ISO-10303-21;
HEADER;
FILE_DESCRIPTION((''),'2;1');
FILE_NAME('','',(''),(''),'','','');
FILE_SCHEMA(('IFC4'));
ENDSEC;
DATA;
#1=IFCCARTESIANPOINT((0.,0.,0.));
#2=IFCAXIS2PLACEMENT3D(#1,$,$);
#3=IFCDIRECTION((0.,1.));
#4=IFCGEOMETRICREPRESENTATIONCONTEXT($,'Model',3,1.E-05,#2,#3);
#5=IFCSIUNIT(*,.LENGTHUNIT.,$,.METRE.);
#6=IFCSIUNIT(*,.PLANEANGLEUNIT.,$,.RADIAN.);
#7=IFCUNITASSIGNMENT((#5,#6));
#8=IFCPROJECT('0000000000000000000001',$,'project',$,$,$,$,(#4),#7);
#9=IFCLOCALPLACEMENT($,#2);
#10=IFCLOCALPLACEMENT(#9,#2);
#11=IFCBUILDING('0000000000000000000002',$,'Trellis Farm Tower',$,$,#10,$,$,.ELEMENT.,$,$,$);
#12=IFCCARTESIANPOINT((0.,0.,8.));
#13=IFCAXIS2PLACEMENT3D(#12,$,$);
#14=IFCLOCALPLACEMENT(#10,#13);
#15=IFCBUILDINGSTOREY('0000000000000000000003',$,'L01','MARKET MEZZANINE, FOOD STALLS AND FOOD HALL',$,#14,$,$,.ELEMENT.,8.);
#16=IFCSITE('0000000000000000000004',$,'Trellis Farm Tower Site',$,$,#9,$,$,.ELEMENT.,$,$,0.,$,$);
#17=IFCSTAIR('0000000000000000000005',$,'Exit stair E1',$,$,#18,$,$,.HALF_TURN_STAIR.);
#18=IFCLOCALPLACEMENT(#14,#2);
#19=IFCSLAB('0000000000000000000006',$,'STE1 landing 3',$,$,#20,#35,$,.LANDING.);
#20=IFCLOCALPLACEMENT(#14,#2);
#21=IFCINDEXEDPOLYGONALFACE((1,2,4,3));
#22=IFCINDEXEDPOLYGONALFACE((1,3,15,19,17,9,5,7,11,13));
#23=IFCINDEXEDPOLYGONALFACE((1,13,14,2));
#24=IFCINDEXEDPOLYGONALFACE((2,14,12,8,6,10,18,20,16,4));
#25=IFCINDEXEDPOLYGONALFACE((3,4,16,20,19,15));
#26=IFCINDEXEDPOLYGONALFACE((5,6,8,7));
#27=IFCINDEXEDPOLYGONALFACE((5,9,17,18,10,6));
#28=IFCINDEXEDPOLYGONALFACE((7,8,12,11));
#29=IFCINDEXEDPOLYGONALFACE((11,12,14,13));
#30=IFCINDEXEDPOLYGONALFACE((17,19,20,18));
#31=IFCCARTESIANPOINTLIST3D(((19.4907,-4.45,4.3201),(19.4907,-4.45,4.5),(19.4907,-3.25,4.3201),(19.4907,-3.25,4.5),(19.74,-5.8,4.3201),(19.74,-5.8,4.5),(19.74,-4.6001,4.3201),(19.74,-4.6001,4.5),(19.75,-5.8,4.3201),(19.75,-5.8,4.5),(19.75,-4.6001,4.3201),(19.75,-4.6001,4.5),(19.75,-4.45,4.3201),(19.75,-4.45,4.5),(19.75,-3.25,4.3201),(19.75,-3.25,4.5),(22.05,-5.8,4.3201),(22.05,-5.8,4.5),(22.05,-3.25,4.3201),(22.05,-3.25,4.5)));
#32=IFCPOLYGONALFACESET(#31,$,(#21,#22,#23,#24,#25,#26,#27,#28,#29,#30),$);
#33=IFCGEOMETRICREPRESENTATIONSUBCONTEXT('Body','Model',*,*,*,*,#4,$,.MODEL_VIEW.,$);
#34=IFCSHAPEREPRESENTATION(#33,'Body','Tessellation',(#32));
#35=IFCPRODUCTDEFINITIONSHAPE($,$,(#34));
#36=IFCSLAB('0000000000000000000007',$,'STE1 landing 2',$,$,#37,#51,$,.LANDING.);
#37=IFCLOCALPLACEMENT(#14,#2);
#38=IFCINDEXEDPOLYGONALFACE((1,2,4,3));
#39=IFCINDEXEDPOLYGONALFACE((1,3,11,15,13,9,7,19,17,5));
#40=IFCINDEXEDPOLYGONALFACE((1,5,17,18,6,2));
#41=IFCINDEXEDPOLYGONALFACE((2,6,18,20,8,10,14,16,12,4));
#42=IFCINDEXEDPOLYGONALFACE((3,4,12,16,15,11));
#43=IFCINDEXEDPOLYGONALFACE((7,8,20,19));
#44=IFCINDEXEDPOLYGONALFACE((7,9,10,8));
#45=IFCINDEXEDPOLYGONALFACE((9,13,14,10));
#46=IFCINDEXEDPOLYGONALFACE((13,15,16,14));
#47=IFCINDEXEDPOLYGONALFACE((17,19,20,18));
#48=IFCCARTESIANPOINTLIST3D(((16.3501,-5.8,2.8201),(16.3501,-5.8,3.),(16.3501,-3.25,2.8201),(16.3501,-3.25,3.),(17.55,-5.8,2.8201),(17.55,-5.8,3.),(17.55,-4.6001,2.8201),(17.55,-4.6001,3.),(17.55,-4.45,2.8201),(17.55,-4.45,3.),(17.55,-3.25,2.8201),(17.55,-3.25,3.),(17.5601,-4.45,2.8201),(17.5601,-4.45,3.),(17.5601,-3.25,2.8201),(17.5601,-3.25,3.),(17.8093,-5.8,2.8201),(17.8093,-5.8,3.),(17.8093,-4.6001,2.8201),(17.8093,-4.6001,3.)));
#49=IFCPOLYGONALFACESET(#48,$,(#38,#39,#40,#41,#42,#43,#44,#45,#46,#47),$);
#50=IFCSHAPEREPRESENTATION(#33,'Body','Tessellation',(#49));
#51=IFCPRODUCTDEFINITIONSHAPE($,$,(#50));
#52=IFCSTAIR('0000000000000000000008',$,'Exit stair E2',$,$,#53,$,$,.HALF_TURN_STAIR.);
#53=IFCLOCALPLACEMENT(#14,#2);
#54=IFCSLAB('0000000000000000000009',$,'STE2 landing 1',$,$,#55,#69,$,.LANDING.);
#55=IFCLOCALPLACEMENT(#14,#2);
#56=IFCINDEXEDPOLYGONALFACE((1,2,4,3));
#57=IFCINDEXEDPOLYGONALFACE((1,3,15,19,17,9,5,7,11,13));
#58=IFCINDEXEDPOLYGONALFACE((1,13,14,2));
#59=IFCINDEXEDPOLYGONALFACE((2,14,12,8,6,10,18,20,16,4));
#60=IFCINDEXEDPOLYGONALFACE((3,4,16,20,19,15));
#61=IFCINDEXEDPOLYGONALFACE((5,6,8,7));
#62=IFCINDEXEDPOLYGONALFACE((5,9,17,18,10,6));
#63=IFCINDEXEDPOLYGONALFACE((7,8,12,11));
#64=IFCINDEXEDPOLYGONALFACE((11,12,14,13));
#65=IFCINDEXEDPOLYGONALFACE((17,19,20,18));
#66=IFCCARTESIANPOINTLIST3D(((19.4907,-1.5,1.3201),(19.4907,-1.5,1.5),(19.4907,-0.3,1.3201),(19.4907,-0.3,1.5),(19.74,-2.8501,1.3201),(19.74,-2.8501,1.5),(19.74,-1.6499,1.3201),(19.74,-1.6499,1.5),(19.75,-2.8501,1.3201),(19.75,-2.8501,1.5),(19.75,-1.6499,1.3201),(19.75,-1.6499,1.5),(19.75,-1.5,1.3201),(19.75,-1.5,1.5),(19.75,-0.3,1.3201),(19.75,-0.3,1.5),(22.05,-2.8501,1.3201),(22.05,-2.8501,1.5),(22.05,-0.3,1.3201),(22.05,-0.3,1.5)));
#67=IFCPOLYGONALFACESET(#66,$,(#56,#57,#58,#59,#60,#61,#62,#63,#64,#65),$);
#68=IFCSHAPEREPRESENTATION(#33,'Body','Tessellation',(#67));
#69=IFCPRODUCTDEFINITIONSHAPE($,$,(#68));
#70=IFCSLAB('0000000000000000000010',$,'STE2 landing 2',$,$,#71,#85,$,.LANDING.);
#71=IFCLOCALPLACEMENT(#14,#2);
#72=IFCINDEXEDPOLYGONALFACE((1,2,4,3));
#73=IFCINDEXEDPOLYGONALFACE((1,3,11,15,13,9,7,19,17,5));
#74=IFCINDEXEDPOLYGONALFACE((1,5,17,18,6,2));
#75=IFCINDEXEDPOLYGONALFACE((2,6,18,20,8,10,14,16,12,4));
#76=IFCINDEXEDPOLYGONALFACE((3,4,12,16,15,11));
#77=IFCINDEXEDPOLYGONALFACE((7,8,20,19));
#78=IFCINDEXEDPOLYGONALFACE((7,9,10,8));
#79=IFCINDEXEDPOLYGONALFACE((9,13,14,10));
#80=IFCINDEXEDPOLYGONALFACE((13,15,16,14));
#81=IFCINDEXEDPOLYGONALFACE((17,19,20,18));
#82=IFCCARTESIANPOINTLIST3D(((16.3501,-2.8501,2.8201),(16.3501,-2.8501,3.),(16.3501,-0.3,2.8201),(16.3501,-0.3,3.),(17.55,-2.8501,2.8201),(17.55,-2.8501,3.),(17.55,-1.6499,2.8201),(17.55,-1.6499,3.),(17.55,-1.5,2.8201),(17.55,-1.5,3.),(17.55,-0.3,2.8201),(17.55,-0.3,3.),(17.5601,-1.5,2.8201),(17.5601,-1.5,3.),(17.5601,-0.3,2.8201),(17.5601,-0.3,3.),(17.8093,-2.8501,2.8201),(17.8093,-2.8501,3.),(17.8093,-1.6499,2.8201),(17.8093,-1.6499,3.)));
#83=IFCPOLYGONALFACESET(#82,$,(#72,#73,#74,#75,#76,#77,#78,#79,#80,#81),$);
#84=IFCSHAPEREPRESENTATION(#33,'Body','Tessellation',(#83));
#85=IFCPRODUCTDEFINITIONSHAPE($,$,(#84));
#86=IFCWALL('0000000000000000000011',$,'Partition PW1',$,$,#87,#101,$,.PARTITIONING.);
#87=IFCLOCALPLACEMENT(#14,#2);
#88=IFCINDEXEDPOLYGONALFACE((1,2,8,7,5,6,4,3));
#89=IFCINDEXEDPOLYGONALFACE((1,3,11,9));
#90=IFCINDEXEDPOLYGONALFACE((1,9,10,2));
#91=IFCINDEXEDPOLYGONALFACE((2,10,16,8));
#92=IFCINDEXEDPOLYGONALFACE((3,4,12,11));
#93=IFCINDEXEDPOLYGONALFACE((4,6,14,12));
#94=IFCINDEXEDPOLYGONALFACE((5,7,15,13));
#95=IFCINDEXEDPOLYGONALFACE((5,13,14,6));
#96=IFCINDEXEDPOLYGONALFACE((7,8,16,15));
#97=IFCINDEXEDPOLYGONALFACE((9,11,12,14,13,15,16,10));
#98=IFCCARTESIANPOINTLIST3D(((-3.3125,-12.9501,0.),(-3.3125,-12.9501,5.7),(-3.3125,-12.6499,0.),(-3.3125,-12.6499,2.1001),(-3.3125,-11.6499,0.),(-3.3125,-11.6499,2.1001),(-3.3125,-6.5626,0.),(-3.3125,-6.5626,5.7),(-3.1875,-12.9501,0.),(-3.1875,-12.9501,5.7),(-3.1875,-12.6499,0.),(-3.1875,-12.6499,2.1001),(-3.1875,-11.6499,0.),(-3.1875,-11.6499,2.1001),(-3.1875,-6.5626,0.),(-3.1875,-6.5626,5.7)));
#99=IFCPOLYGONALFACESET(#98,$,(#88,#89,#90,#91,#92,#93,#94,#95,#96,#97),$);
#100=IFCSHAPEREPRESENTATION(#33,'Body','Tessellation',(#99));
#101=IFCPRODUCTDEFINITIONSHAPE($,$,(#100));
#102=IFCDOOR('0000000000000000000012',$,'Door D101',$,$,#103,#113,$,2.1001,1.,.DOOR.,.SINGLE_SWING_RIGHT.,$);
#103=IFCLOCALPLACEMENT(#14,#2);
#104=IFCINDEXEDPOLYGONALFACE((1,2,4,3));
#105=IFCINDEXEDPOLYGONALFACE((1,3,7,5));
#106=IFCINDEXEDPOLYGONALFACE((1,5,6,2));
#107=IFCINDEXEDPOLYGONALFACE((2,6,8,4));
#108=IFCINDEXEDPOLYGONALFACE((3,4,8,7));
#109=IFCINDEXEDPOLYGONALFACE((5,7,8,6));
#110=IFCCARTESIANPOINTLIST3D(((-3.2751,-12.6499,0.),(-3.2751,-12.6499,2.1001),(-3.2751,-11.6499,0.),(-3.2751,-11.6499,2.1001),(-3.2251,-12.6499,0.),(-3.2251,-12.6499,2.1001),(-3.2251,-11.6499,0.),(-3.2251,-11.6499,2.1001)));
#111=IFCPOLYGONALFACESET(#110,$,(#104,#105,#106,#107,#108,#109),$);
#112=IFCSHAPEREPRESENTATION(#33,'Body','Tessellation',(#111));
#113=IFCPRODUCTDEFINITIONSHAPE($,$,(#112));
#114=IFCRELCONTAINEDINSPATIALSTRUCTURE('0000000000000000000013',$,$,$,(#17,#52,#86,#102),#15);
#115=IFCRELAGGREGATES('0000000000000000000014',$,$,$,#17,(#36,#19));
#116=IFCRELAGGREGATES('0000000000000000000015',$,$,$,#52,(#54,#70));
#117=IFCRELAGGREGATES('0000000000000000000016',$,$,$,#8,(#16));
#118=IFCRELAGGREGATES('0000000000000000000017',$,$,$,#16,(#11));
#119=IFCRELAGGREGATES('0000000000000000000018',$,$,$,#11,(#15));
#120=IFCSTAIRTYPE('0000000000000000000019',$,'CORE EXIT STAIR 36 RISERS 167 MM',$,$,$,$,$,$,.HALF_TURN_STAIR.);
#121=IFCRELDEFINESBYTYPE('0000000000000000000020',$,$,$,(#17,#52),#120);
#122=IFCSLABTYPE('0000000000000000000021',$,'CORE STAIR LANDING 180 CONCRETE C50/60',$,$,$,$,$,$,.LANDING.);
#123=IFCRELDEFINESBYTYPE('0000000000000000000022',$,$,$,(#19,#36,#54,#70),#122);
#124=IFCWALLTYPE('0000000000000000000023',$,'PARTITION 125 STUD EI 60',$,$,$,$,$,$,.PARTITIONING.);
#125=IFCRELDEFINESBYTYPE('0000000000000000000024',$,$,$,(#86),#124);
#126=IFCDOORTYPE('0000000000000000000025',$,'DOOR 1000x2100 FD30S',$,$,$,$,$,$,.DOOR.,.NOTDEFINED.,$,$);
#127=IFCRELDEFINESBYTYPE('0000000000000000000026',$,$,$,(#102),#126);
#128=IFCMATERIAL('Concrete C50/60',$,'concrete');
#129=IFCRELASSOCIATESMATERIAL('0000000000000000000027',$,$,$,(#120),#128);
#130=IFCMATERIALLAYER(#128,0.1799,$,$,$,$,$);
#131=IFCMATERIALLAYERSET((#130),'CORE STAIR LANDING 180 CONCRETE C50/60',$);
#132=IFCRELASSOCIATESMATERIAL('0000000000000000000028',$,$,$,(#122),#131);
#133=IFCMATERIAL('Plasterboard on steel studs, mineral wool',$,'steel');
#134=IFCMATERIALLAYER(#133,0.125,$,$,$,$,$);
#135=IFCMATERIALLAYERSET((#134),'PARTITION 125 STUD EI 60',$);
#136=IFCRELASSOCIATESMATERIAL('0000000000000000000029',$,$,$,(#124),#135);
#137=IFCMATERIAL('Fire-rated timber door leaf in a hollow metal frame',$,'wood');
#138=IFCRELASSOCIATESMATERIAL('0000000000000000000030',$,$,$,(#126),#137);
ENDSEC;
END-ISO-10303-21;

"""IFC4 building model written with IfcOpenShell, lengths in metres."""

from ifc_helpers import new_model, si_unit, direction, frame, frame_2d, origin, place, context, subcontext, project, spatial, polyline, rectangle, outline, extrude, source, transform, mapped, material, layer, layer_set, type_object, element, fill, aggregate, save


model = new_model("IFC4")

# Units and contexts
model_context = context("Model", 3, precision=1e-05, world=origin(), true_north=direction((0.0, 1.0)))
body_context = subcontext(model_context, "Body", "Model", "MODEL_VIEW")
ifc_project = project(units=[si_unit("LENGTHUNIT", "METRE"), si_unit("PLANEANGLEUNIT", "RADIAN")], contexts=[model_context])

# Site, building, storey
site_placement = place(None, origin())
site = spatial("IfcSite", under=ifc_project, at=site_placement, Name="Trellis Farm Tower Site", CompositionType="ELEMENT", RefElevation=0.0)
building_placement = place(site_placement, origin())
building = spatial("IfcBuilding", under=site, at=building_placement, Name="Trellis Farm Tower", CompositionType="ELEMENT")
storey_placement = place(building_placement, frame((0.0, 0.0, 8.0)))
storey = spatial("IfcBuildingStorey", under=building, at=storey_placement, Name="L01", Description="MARKET MEZZANINE, FOOD STALLS AND FOOD HALL", CompositionType="ELEMENT", Elevation=8.0)

# Stairs, slabs
ifc_material_1 = material(Name="Concrete C50/60", Category="concrete")
stair_type = type_object("IfcStairType", Name="CORE EXIT STAIR 36 RISERS 167 MM", PredefinedType="HALF_TURN_STAIR", material=ifc_material_1)
placement_1 = place(storey_placement, origin())
ifc_layer_1 = layer(ifc_material_1, 0.1799)
ifc_layer_set_1 = layer_set([ifc_layer_1], Name="CORE STAIR LANDING 180 CONCRETE C50/60")
slab_type_1 = type_object("IfcSlabType", Name="CORE STAIR LANDING 180 CONCRETE C50/60", PredefinedType="LANDING", material=ifc_layer_set_1)
placement_2 = place(storey_placement, frame((0.0, 0.0, 1.3201)))
placement_3 = place(storey_placement, frame((0.0, 0.0, 4.3201)))
placement_4 = place(storey_placement, frame((0.0, 0.0, 2.8201)))
stair_1 = element("IfcStair", 1, at=placement_1, inside=storey, type_object=stair_type, Name="Exit stair E1", PredefinedType="HALF_TURN_STAIR")
shared_shape_1 = source(origin(), body_context, "Body", "SweptSolid", [
    extrude(outline(polyline([(19.74, -5.8), (19.74, -4.6001), (19.75, -4.6001), (19.75, -4.45), (19.4907, -4.45), (19.4907, -3.25), (19.75, -3.25), (22.05, -3.25), (22.05, -5.8), (19.75, -5.8), (19.74, -5.8)])), origin(), (0.0, 0.0, 1.0), 0.1799),
])
slab_1 = element("IfcSlab", 2, at=placement_3, type_object=slab_type_1, Name="STE1 landing 3", PredefinedType="LANDING", context=body_context, shape_type="MappedRepresentation", body=[
    mapped(shared_shape_1, transform((0.0, 0.0, 0.0))),
])
shared_shape_2 = source(origin(), body_context, "Body", "SweptSolid", [
    extrude(outline(polyline([(17.8093, -4.6001), (17.8093, -5.8), (17.55, -5.8), (16.3501, -5.8), (16.3501, -3.25), (17.55, -3.25), (17.5601, -3.25), (17.5601, -4.45), (17.55, -4.45), (17.55, -4.6001), (17.8093, -4.6001)])), origin(), (0.0, 0.0, 1.0), 0.1799),
])
slab_2 = element("IfcSlab", 3, at=placement_4, type_object=slab_type_1, Name="STE1 landing 2", PredefinedType="LANDING", context=body_context, shape_type="MappedRepresentation", body=[
    mapped(shared_shape_2, transform((0.0, 0.0, 0.0))),
])
aggregate(stair_1, [slab_2, slab_1])
stair_2 = element("IfcStair", 4, at=placement_1, inside=storey, type_object=stair_type, Name="Exit stair E2", PredefinedType="HALF_TURN_STAIR")
shared_shape_3 = source(origin(), body_context, "Body", "SweptSolid", [
    extrude(outline(polyline([(19.74, -2.8501), (19.74, -1.6499), (19.75, -1.6499), (19.75, -1.5), (19.4907, -1.5), (19.4907, -0.3), (19.75, -0.3), (22.05, -0.3), (22.05, -2.8501), (19.75, -2.8501), (19.74, -2.8501)])), origin(), (0.0, 0.0, 1.0), 0.1799),
])
slab_3 = element("IfcSlab", 5, at=placement_2, type_object=slab_type_1, Name="STE2 landing 1", PredefinedType="LANDING", context=body_context, shape_type="MappedRepresentation", body=[
    mapped(shared_shape_3, transform((0.0, 0.0, 0.0))),
])
shared_shape_4 = source(origin(), body_context, "Body", "SweptSolid", [
    extrude(outline(polyline([(17.8093, -1.6499), (17.8093, -2.8501), (17.55, -2.8501), (16.3501, -2.8501), (16.3501, -0.3), (17.55, -0.3), (17.5601, -0.3), (17.5601, -1.5), (17.55, -1.5), (17.55, -1.6499), (17.8093, -1.6499)])), origin(), (0.0, 0.0, 1.0), 0.1799),
])
slab_4 = element("IfcSlab", 6, at=placement_4, type_object=slab_type_1, Name="STE2 landing 2", PredefinedType="LANDING", context=body_context, shape_type="MappedRepresentation", body=[
    mapped(shared_shape_4, transform((0.0, 0.0, 0.0))),
])
aggregate(stair_2, [slab_3, slab_4])

# Wall, opening, door
ifc_material_2 = material(Name="Plasterboard on steel studs, mineral wool", Category="steel")
ifc_layer_2 = layer(ifc_material_2, 0.125)
ifc_layer_set_2 = layer_set([ifc_layer_2], Name="PARTITION 125 STUD EI 60")
wall_type = type_object("IfcWallType", Name="PARTITION 125 STUD EI 60", PredefinedType="PARTITIONING", material=ifc_layer_set_2)
wall_placement = place(storey_placement, frame((-3.25, -6.5625, 0.0), z_axis=(0.0, 0.0, 1.0), x_axis=(0.0, -1.0, 0.0)))
wall = element("IfcWall", 7, at=wall_placement, inside=storey, type_object=wall_type, Name="Partition PW1", PredefinedType="PARTITIONING", context=body_context, shape_type="SweptSolid", body=[
    extrude(rectangle(XDim=6.3875, YDim=0.125, at=frame_2d((3.1938, 0.0))), origin(), (0.0, 0.0, 1.0), 5.7),
])
shared_shape_5 = source(origin(), body_context, "Body", "SweptSolid", [
    extrude(rectangle(XDim=1.0, YDim=2.1001, at=frame_2d((0.5, 1.05))), frame((0.0, 0.0725, 0.0), z_axis=(0.0, -1.0, 0.0), x_axis=(1.0, 0.0, 0.0)), (0.0, 0.0, 1.0), 0.145),
])
opening_placement = place(wall_placement, frame((5.0874, 0.0, 0.0)))
opening = element("IfcOpeningElement", 8, at=opening_placement, cuts=wall, PredefinedType="OPENING", context=body_context, shape_type="MappedRepresentation", body=[
    mapped(shared_shape_5, transform((0.0, 0.0, 0.0))),
])
ifc_material_3 = material(Name="Fire-rated timber door leaf in a hollow metal frame", Category="wood")
door_type = type_object("IfcDoorType", Name="DOOR 1000x2100 FD30S", OperationType="NOTDEFINED", PredefinedType="DOOR", material=ifc_material_3)
shared_shape_6 = source(origin(), body_context, "Body", "SweptSolid", [
    extrude(rectangle(XDim=1.0, YDim=2.1001, at=frame_2d((0.5, 1.05))), frame((0.0, 0.0249, 0.0), z_axis=(0.0, -1.0, 0.0), x_axis=(1.0, 0.0, 0.0)), (0.0, 0.0, 1.0), 0.05),
])
door_placement = place(opening_placement, origin())
door = element("IfcDoor", 9, at=door_placement, inside=storey, type_object=door_type, Name="Door D101", OperationType="SINGLE_SWING_RIGHT", OverallHeight=2.1001, OverallWidth=1.0, PredefinedType="DOOR", context=body_context, shape_type="MappedRepresentation", body=[
    mapped(shared_shape_6, transform((0.0, 0.0, 0.0))),
])
fill(opening, door)

save(model, "model.ifc")
